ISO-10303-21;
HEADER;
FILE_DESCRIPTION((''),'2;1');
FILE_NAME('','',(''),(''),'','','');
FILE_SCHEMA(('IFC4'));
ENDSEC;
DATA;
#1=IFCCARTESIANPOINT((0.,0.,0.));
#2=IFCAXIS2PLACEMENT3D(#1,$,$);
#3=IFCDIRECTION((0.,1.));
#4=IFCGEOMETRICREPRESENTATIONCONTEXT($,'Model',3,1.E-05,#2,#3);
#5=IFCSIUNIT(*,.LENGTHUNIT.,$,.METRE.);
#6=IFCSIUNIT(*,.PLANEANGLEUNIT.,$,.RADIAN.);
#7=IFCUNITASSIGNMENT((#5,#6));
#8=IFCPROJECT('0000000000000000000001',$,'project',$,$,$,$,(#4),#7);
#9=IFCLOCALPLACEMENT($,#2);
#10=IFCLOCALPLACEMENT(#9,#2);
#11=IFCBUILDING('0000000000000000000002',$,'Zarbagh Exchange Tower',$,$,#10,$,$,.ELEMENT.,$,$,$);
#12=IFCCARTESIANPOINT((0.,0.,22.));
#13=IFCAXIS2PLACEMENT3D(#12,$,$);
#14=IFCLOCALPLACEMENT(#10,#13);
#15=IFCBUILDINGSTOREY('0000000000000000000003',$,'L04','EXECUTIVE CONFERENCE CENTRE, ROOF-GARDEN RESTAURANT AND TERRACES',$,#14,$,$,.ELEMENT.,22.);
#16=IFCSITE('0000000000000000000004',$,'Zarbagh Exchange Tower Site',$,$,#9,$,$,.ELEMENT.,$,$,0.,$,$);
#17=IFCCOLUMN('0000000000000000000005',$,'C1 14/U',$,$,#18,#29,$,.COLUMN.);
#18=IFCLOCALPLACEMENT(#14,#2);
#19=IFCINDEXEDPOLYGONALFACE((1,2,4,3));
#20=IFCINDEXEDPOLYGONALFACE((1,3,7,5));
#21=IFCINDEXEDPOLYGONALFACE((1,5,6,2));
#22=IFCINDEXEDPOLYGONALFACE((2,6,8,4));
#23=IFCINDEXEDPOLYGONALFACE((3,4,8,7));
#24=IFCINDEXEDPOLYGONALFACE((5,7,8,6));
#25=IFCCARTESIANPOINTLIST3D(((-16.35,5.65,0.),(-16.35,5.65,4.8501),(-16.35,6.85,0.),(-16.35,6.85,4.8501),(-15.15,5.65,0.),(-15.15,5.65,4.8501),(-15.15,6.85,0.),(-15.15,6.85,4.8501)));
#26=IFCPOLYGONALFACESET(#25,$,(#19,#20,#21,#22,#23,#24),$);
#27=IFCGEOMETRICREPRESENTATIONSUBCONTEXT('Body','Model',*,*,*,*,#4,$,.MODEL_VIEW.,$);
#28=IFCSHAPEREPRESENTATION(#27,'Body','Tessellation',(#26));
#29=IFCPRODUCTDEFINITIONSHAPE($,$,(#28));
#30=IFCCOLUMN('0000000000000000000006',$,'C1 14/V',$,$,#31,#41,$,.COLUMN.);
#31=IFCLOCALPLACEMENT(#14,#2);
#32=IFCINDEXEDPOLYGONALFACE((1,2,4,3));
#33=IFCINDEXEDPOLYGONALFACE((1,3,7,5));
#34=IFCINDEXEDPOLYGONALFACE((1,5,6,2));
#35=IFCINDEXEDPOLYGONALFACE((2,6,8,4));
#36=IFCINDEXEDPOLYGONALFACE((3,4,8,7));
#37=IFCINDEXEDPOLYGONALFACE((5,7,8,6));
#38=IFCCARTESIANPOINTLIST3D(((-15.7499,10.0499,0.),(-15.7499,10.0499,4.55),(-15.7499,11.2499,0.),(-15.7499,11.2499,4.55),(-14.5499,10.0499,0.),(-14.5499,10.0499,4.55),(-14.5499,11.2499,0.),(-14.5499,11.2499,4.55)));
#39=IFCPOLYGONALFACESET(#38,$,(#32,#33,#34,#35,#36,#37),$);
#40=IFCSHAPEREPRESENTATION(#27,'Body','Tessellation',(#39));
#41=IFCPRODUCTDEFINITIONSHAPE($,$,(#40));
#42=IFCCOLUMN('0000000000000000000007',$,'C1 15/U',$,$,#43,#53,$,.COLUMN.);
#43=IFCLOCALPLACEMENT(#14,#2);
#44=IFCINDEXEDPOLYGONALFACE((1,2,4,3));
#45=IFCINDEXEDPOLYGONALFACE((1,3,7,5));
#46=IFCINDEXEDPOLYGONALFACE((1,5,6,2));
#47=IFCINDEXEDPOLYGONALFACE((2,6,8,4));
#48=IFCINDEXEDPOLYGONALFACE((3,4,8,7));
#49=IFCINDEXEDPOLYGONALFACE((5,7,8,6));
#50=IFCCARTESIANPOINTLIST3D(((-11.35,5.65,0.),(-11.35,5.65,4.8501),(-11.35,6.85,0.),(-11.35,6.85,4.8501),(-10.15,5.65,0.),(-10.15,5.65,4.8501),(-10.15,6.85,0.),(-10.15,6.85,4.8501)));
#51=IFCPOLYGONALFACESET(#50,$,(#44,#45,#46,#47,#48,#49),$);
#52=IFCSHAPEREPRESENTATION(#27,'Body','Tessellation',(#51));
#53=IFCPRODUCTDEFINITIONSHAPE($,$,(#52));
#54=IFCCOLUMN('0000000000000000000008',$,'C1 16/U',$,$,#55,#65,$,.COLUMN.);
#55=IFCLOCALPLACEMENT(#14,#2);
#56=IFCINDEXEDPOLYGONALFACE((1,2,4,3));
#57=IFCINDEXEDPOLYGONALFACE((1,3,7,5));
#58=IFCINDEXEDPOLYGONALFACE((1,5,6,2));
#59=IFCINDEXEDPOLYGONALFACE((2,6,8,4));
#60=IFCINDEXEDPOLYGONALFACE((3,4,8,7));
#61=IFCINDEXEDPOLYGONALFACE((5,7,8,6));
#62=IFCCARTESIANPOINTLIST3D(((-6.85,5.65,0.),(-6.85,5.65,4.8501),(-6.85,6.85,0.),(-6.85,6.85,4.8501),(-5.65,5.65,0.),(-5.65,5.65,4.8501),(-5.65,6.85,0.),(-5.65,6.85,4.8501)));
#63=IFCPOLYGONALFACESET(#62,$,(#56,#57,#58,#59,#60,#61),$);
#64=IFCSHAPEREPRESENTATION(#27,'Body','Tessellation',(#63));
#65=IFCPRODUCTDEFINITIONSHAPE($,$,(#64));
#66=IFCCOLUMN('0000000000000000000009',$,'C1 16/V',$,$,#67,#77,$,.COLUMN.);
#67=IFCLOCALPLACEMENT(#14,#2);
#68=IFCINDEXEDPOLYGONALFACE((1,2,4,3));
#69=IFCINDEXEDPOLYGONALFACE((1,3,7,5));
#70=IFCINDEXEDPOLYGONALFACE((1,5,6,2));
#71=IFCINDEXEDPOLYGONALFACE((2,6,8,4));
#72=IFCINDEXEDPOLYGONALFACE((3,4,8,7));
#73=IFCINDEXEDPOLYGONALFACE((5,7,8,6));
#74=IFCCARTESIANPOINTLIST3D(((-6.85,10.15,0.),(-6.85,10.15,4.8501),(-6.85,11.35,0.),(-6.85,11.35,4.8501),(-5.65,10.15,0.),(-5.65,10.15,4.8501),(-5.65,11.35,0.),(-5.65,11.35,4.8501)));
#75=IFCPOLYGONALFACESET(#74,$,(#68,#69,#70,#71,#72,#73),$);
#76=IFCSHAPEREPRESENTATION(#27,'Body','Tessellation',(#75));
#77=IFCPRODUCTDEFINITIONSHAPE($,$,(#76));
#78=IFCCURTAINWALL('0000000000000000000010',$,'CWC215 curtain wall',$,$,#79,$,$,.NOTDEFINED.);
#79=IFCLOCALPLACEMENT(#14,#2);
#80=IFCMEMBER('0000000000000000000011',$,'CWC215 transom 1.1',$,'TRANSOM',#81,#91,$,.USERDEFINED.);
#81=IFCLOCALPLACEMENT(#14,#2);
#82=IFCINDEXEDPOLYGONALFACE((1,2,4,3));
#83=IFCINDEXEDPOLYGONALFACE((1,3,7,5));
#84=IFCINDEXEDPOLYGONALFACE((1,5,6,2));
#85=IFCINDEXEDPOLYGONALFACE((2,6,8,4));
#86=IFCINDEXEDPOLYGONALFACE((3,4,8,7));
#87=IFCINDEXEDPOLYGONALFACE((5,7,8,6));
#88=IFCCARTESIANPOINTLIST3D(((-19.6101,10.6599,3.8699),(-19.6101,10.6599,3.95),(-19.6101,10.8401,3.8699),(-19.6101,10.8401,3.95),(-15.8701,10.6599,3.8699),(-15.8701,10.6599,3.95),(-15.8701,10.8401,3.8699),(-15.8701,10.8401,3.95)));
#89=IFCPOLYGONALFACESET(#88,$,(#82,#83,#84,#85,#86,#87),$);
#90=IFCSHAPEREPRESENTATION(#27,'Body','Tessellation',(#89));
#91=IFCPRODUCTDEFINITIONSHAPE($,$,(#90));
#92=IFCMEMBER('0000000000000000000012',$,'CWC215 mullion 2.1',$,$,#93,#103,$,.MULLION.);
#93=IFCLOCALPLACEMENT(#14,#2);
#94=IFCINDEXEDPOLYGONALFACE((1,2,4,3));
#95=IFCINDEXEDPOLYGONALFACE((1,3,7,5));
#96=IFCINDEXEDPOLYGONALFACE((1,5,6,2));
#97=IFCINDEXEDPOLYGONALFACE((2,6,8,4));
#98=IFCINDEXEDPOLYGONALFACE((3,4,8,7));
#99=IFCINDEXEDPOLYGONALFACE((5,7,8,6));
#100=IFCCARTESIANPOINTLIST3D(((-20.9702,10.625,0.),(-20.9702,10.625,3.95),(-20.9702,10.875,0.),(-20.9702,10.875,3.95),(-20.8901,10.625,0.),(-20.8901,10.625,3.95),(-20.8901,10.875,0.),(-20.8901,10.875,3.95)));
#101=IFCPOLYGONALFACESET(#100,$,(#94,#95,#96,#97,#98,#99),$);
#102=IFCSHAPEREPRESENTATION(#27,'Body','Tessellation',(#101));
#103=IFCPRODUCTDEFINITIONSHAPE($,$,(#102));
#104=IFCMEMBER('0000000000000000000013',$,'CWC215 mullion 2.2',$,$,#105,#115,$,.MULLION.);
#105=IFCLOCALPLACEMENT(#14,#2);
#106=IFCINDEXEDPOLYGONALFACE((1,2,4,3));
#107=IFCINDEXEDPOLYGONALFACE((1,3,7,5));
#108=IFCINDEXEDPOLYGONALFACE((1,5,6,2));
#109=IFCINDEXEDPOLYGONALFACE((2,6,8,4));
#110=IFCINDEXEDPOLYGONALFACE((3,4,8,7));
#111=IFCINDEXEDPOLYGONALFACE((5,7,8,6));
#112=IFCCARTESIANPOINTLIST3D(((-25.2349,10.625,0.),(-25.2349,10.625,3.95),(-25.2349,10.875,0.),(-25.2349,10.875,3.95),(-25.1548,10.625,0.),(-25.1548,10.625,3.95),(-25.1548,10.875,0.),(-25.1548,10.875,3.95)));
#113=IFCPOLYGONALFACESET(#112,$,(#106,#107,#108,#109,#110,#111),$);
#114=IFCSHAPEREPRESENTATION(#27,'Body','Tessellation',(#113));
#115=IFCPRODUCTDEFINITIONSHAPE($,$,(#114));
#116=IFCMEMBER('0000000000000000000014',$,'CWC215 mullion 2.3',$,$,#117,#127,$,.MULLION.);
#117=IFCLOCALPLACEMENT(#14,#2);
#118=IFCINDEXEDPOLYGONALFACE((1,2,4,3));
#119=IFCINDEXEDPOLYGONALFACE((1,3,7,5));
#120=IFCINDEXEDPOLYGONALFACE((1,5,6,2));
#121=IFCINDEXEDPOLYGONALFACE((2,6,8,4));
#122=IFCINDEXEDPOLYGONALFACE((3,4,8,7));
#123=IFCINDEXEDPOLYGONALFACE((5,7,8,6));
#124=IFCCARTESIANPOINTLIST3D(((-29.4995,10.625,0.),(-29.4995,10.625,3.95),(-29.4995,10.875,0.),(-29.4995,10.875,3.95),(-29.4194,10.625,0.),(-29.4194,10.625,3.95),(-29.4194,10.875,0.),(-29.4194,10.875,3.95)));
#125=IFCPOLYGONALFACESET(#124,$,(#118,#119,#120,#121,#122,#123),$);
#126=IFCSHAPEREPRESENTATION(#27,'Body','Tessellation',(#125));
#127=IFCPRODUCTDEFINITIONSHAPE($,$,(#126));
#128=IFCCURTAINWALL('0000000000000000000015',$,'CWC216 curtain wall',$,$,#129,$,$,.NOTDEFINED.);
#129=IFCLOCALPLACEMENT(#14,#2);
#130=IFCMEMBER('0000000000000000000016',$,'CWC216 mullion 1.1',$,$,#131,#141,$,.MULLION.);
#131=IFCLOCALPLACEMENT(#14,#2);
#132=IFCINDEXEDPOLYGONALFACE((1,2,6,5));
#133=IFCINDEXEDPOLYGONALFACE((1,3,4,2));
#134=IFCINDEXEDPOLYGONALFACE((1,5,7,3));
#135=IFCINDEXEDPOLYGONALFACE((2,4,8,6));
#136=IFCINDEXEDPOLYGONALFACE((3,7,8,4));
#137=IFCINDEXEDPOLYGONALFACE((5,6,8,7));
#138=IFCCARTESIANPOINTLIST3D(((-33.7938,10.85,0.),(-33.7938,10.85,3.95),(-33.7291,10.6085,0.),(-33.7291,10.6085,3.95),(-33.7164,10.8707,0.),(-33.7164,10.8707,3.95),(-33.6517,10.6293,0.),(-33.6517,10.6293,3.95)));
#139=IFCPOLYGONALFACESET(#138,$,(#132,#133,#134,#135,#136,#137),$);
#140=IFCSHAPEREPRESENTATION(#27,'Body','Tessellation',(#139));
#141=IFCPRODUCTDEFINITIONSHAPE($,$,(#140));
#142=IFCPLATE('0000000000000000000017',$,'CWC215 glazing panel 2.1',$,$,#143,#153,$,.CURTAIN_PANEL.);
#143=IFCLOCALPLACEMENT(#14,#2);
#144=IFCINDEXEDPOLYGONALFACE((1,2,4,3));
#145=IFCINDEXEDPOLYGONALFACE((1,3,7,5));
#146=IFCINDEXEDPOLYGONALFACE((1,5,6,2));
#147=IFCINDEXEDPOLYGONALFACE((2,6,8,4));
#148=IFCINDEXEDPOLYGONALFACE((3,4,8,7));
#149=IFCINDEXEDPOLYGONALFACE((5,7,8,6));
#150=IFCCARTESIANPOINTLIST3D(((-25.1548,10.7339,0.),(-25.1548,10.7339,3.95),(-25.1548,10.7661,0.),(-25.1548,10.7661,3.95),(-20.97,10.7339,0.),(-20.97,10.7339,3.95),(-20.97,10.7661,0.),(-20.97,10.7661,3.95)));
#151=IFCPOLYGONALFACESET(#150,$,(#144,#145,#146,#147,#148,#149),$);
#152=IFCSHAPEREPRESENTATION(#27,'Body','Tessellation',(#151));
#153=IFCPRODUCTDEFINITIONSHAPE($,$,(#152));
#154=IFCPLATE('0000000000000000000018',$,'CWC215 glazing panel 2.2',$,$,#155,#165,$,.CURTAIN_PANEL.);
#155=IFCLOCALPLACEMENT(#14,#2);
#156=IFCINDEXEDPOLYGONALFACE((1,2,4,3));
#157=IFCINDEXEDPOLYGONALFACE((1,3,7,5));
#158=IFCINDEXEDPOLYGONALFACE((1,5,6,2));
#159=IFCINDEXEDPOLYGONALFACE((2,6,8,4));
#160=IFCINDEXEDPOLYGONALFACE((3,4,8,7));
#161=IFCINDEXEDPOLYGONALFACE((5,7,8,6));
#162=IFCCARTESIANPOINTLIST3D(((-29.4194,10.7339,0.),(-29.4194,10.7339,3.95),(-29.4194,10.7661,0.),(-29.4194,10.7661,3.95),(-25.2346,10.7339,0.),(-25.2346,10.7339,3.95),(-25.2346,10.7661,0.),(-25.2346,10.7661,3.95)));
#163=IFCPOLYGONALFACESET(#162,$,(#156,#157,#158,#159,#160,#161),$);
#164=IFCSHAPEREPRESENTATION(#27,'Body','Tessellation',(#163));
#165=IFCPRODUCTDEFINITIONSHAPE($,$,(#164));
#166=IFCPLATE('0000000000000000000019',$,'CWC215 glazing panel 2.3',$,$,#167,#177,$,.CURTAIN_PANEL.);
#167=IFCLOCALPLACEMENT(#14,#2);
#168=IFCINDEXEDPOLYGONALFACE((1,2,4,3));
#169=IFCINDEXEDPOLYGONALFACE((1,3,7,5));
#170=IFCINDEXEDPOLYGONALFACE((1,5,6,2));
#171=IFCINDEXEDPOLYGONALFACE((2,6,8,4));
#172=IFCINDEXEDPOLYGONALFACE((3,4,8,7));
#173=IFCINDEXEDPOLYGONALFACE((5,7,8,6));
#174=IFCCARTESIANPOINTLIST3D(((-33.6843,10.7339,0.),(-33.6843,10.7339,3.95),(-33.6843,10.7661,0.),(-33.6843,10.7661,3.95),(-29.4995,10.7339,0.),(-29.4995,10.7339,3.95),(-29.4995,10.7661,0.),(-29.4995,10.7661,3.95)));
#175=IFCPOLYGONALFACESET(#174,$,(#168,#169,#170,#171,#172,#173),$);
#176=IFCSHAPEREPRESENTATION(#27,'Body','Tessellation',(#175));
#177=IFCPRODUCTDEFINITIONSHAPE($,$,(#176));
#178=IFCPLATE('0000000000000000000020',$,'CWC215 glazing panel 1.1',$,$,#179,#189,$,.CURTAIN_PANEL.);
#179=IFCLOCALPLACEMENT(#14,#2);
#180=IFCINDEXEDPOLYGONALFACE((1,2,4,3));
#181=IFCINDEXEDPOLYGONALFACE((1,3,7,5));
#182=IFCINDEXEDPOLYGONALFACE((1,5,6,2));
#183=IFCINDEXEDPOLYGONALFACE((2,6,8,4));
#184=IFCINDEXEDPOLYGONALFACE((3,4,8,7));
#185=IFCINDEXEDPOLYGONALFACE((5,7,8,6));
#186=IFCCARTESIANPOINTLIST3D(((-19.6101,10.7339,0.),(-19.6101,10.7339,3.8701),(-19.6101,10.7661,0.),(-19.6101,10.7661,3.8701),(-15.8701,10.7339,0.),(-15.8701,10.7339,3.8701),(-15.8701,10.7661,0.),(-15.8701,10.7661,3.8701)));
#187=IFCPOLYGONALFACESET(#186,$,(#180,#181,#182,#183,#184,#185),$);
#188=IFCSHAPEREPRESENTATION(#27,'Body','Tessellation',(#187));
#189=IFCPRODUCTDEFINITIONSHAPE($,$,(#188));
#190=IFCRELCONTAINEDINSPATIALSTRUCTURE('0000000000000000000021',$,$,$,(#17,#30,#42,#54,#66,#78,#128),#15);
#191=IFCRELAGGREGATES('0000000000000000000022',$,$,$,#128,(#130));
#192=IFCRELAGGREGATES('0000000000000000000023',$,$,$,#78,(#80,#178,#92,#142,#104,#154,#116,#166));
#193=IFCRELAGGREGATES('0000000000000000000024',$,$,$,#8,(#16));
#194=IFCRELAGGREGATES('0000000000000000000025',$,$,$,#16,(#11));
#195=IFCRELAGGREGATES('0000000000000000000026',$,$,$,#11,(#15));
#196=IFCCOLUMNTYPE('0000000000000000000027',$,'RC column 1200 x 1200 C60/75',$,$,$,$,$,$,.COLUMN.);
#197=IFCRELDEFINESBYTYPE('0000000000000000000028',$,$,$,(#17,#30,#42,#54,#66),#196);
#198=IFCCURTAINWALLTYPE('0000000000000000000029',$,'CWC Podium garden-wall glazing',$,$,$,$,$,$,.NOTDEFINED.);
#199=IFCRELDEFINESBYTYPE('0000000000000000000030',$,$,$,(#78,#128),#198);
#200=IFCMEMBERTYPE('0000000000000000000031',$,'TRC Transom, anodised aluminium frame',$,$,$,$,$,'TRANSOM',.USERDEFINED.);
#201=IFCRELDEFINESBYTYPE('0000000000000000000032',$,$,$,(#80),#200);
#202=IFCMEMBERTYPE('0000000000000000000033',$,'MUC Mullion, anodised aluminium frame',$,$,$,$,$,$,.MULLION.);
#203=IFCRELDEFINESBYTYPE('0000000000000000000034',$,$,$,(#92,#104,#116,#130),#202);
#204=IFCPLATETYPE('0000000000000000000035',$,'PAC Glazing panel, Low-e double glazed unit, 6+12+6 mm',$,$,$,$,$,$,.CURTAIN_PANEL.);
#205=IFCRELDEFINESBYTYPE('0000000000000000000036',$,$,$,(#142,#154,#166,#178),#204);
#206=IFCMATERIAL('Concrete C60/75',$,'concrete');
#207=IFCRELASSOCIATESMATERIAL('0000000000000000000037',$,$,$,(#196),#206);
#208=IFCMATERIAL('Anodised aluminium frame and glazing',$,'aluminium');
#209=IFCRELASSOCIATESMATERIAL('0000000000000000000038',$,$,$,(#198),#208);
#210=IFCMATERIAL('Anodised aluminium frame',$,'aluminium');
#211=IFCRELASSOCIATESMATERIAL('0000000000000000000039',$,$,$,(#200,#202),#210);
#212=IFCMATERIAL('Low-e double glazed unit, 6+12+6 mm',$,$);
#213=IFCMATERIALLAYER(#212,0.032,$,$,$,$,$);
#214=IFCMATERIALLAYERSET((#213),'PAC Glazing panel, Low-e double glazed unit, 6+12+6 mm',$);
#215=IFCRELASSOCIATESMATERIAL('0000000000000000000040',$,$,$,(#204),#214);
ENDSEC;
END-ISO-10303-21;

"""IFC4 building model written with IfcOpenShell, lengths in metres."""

from ifc_helpers import new_model, si_unit, direction, frame, origin, origin_2d, place, context, subcontext, project, spatial, polyline, rectangle, outline, extrude, source, transform, mapped, material, layer, layer_set, material_profile, profile_set, type_object, element, aggregate, save


model = new_model("IFC4")

# Units and contexts
model_context = context("Model", 3, precision=1e-05, world=origin(), true_north=direction((0.0, 1.0)))
body_context = subcontext(model_context, "Body", "Model", "MODEL_VIEW")
ifc_project = project(units=[si_unit("LENGTHUNIT", "METRE"), si_unit("PLANEANGLEUNIT", "RADIAN")], contexts=[model_context])

# Site, building, storey
site_placement = place(None, origin())
site = spatial("IfcSite", under=ifc_project, at=site_placement, Name="Zarbagh Exchange Tower Site", CompositionType="ELEMENT", RefElevation=0.0)
building_placement = place(site_placement, origin())
building = spatial("IfcBuilding", under=site, at=building_placement, Name="Zarbagh Exchange Tower", CompositionType="ELEMENT")
storey_placement = place(building_placement, frame((0.0, 0.0, 22.0)))
storey = spatial("IfcBuildingStorey", under=building, at=storey_placement, Name="L04", Description="EXECUTIVE CONFERENCE CENTRE, ROOF-GARDEN RESTAURANT AND TERRACES", CompositionType="ELEMENT", Elevation=22.0)

# Columns
ifc_material_1 = material(Name="Concrete C60/75", Category="concrete")
ifc_material_profile = material_profile(ifc_material_1, rectangle(XDim=1.2, YDim=1.2, at=origin_2d()), Name="RC column 1200 x 1200 C60/75")
ifc_profile_set = profile_set([ifc_material_profile], Name="Concrete C60/75")
column_type = type_object("IfcColumnType", Name="RC column 1200 x 1200 C60/75", PredefinedType="COLUMN", material=ifc_profile_set)
column_1_placement = place(storey_placement, frame((-15.75, 6.25, 0.0), z_axis=(0.0, 0.0, 1.0), x_axis=(1.0, 0.0, 0.0)))
element("IfcColumn", 1, at=column_1_placement, inside=storey, type_object=column_type, Name="C1 14/U", PredefinedType="COLUMN", context=body_context, shape_type="SweptSolid", body=[
    extrude(rectangle(XDim=1.2, YDim=1.2, at=origin_2d()), origin(), (0.0, 0.0, 1.0), 4.8501),
])
column_2_placement = place(storey_placement, frame((-15.1499, 10.6499, 0.0), z_axis=(0.0, 0.0, 1.0), x_axis=(1.0, 0.0, 0.0)))
element("IfcColumn", 2, at=column_2_placement, inside=storey, type_object=column_type, Name="C1 14/V", PredefinedType="COLUMN", context=body_context, shape_type="SweptSolid", body=[
    extrude(rectangle(XDim=1.2, YDim=1.2, at=origin_2d()), origin(), (0.0, 0.0, 1.0), 4.55),
])
for number, where, z_axis, x_axis, name in (
    (3, (-10.75, 6.25, 0.0), (0.0, 0.0, 1.0), (1.0, 0.0, 0.0), "C1 15/U"),
    (4, (-6.25, 6.25, 0.0), (0.0, 0.0, 1.0), (1.0, 0.0, 0.0), "C1 16/U"),
    (5, (-6.25, 10.75, 0.0), (0.0, 0.0, 1.0), (1.0, 0.0, 0.0), "C1 16/V"),
):
    element("IfcColumn", number, at=place(storey_placement, frame(where, z_axis=z_axis, x_axis=x_axis)), inside=storey, type_object=column_type, Name=name, PredefinedType="COLUMN", context=body_context, shape_type="SweptSolid", body=[
        extrude(rectangle(XDim=1.2, YDim=1.2, at=origin_2d()), origin(), (0.0, 0.0, 1.0), 4.8501),
    ])

# Curtain wall, members
ifc_material_2 = material(Name="Anodised aluminium frame and glazing", Category="aluminium")
curtain_wall_type = type_object("IfcCurtainWallType", Name="CWC Podium garden-wall glazing", PredefinedType="NOTDEFINED", material=ifc_material_2)
curtain_wall_1_placement = place(storey_placement, origin())
curtain_wall_1 = element("IfcCurtainWall", 6, at=curtain_wall_1_placement, inside=storey, type_object=curtain_wall_type, Name="CWC215 curtain wall", PredefinedType="NOTDEFINED")
ifc_material_3 = material(Name="Anodised aluminium frame", Category="aluminium")
member_type_1 = type_object("IfcMemberType", Name="TRC Transom, anodised aluminium frame", ElementType="TRANSOM", PredefinedType="USERDEFINED", material=ifc_material_3)
shared_shape_1 = source(origin(), body_context, "Body", "SweptSolid", [
    extrude(outline(polyline([(-0.0801, -0.0901), (0.0, -0.0901), (0.0, 0.0901), (-0.0801, 0.0901), (-0.0801, -0.0901)])), origin(), (0.0, 0.0, 1.0), 3.74),
])
placement = place(storey_placement, origin())
member_1 = element("IfcMember", 7, at=placement, type_object=member_type_1, Name="CWC215 transom 1.1", ObjectType="TRANSOM", PredefinedType="USERDEFINED", context=body_context, shape_type="MappedRepresentation", body=[
    mapped(shared_shape_1, transform((-15.8701, 10.75, 3.95), x_axis=(0.0, 0.0, 1.0), y_axis=(0.0, 1.0, 0.0), z_axis=(-1.0, 0.0, 0.0))),
])
member_type_2 = type_object("IfcMemberType", Name="MUC Mullion, anodised aluminium frame", PredefinedType="MULLION", material=ifc_material_3)
shared_shape_2 = source(origin(), body_context, "Body", "SweptSolid", [
    extrude(outline(polyline([(0.0, -0.125), (0.0801, -0.125), (0.0801, 0.125), (0.0, 0.125), (0.0, -0.125)])), origin(), (0.0, 0.0, 1.0), 3.95),
])
member_2 = element("IfcMember", 8, at=placement, type_object=member_type_2, Name="CWC215 mullion 2.1", PredefinedType="MULLION", context=body_context, shape_type="MappedRepresentation", body=[
    mapped(shared_shape_2, transform((-20.8901, 10.75, 0.0), x_axis=(-1.0, 0.0, 0.0), y_axis=(0.0, -1.0, 0.0), z_axis=(0.0, 0.0, 1.0))),
])
member_3 = element("IfcMember", 9, at=placement, type_object=member_type_2, Name="CWC215 mullion 2.2", PredefinedType="MULLION", context=body_context, shape_type="MappedRepresentation", body=[
    mapped(shared_shape_2, transform((-25.1548, 10.75, 0.0), x_axis=(-1.0, 0.0, 0.0), y_axis=(0.0, -1.0, 0.0), z_axis=(0.0, 0.0, 1.0))),
])
member_4 = element("IfcMember", 10, at=placement, type_object=member_type_2, Name="CWC215 mullion 2.3", PredefinedType="MULLION", context=body_context, shape_type="MappedRepresentation", body=[
    mapped(shared_shape_2, transform((-29.4194, 10.75, 0.0), x_axis=(-1.0, 0.0, 0.0), y_axis=(0.0, -1.0, 0.0), z_axis=(0.0, 0.0, 1.0))),
])

# Curtain wall, member
curtain_wall_2_placement = place(storey_placement, origin())
curtain_wall_2 = element("IfcCurtainWall", 11, at=curtain_wall_2_placement, inside=storey, type_object=curtain_wall_type, Name="CWC216 curtain wall", PredefinedType="NOTDEFINED")
member_5 = element("IfcMember", 12, at=placement, type_object=member_type_2, Name="CWC216 mullion 1.1", PredefinedType="MULLION", context=body_context, shape_type="MappedRepresentation", body=[
    mapped(shared_shape_2, transform((-33.6841, 10.75, 0.0), x_axis=(-0.965924, -0.258825, 0.0), y_axis=(0.258825, -0.965924, 0.0), z_axis=(0.0, 0.0, 1.0))),
])
aggregate(curtain_wall_2, [member_5])

# Plates
ifc_material_4 = material(Name="Low-e double glazed unit, 6+12+6 mm")
ifc_layer_1 = layer(ifc_material_4, 0.032)
ifc_layer_set_1 = layer_set([ifc_layer_1], Name="PAC Glazing panel, Low-e double glazed unit, 6+12+6 mm")
plate_type = type_object("IfcPlateType", Name="PAC Glazing panel, Low-e double glazed unit, 6+12+6 mm", PredefinedType="CURTAIN_PANEL", material=ifc_layer_set_1)
shared_shape_3 = source(origin(), body_context, "Body", "SweptSolid", [
    extrude(outline(polyline([(0.0, -0.0161), (4.1848, -0.0161), (4.1848, 0.0161), (0.0, 0.0161), (0.0, -0.0161)])), origin(), (0.0, 0.0, 1.0), 3.95),
])
plate_1 = element("IfcPlate", 13, at=placement, type_object=plate_type, Name="CWC215 glazing panel 2.1", PredefinedType="CURTAIN_PANEL", context=body_context, shape_type="MappedRepresentation", body=[
    mapped(shared_shape_3, transform((-20.97, 10.75, 0.0), x_axis=(-1.0, 0.0, 0.0), y_axis=(0.0, -1.0, 0.0), z_axis=(0.0, 0.0, 1.0))),
])
plate_2 = element("IfcPlate", 14, at=placement, type_object=plate_type, Name="CWC215 glazing panel 2.2", PredefinedType="CURTAIN_PANEL", context=body_context, shape_type="MappedRepresentation", body=[
    mapped(shared_shape_3, transform((-25.2346, 10.75, 0.0), x_axis=(-1.0, 0.0, 0.0), y_axis=(0.0, -1.0, 0.0), z_axis=(0.0, 0.0, 1.0))),
])
plate_3 = element("IfcPlate", 15, at=placement, type_object=plate_type, Name="CWC215 glazing panel 2.3", PredefinedType="CURTAIN_PANEL", context=body_context, shape_type="MappedRepresentation", body=[
    mapped(shared_shape_3, transform((-29.4995, 10.75, 0.0), x_axis=(-1.0, 0.0, 0.0), y_axis=(0.0, -1.0, 0.0), z_axis=(0.0, 0.0, 1.0))),
])
shared_shape_4 = source(origin(), body_context, "Body", "SweptSolid", [
    extrude(outline(polyline([(0.0, -0.0161), (3.74, -0.0161), (3.74, 0.0161), (0.0, 0.0161), (0.0, -0.0161)])), origin(), (0.0, 0.0, 1.0), 3.8701),
])
plate_4 = element("IfcPlate", 16, at=placement, type_object=plate_type, Name="CWC215 glazing panel 1.1", PredefinedType="CURTAIN_PANEL", context=body_context, shape_type="MappedRepresentation", body=[
    mapped(shared_shape_4, transform((-15.8701, 10.75, 0.0), x_axis=(-1.0, 0.0, 0.0), y_axis=(0.0, -1.0, 0.0), z_axis=(0.0, 0.0, 1.0))),
])
aggregate(curtain_wall_1, [member_1, plate_4, member_2, plate_1, member_3, plate_2, member_4, plate_3])

save(model, "model.ifc")
